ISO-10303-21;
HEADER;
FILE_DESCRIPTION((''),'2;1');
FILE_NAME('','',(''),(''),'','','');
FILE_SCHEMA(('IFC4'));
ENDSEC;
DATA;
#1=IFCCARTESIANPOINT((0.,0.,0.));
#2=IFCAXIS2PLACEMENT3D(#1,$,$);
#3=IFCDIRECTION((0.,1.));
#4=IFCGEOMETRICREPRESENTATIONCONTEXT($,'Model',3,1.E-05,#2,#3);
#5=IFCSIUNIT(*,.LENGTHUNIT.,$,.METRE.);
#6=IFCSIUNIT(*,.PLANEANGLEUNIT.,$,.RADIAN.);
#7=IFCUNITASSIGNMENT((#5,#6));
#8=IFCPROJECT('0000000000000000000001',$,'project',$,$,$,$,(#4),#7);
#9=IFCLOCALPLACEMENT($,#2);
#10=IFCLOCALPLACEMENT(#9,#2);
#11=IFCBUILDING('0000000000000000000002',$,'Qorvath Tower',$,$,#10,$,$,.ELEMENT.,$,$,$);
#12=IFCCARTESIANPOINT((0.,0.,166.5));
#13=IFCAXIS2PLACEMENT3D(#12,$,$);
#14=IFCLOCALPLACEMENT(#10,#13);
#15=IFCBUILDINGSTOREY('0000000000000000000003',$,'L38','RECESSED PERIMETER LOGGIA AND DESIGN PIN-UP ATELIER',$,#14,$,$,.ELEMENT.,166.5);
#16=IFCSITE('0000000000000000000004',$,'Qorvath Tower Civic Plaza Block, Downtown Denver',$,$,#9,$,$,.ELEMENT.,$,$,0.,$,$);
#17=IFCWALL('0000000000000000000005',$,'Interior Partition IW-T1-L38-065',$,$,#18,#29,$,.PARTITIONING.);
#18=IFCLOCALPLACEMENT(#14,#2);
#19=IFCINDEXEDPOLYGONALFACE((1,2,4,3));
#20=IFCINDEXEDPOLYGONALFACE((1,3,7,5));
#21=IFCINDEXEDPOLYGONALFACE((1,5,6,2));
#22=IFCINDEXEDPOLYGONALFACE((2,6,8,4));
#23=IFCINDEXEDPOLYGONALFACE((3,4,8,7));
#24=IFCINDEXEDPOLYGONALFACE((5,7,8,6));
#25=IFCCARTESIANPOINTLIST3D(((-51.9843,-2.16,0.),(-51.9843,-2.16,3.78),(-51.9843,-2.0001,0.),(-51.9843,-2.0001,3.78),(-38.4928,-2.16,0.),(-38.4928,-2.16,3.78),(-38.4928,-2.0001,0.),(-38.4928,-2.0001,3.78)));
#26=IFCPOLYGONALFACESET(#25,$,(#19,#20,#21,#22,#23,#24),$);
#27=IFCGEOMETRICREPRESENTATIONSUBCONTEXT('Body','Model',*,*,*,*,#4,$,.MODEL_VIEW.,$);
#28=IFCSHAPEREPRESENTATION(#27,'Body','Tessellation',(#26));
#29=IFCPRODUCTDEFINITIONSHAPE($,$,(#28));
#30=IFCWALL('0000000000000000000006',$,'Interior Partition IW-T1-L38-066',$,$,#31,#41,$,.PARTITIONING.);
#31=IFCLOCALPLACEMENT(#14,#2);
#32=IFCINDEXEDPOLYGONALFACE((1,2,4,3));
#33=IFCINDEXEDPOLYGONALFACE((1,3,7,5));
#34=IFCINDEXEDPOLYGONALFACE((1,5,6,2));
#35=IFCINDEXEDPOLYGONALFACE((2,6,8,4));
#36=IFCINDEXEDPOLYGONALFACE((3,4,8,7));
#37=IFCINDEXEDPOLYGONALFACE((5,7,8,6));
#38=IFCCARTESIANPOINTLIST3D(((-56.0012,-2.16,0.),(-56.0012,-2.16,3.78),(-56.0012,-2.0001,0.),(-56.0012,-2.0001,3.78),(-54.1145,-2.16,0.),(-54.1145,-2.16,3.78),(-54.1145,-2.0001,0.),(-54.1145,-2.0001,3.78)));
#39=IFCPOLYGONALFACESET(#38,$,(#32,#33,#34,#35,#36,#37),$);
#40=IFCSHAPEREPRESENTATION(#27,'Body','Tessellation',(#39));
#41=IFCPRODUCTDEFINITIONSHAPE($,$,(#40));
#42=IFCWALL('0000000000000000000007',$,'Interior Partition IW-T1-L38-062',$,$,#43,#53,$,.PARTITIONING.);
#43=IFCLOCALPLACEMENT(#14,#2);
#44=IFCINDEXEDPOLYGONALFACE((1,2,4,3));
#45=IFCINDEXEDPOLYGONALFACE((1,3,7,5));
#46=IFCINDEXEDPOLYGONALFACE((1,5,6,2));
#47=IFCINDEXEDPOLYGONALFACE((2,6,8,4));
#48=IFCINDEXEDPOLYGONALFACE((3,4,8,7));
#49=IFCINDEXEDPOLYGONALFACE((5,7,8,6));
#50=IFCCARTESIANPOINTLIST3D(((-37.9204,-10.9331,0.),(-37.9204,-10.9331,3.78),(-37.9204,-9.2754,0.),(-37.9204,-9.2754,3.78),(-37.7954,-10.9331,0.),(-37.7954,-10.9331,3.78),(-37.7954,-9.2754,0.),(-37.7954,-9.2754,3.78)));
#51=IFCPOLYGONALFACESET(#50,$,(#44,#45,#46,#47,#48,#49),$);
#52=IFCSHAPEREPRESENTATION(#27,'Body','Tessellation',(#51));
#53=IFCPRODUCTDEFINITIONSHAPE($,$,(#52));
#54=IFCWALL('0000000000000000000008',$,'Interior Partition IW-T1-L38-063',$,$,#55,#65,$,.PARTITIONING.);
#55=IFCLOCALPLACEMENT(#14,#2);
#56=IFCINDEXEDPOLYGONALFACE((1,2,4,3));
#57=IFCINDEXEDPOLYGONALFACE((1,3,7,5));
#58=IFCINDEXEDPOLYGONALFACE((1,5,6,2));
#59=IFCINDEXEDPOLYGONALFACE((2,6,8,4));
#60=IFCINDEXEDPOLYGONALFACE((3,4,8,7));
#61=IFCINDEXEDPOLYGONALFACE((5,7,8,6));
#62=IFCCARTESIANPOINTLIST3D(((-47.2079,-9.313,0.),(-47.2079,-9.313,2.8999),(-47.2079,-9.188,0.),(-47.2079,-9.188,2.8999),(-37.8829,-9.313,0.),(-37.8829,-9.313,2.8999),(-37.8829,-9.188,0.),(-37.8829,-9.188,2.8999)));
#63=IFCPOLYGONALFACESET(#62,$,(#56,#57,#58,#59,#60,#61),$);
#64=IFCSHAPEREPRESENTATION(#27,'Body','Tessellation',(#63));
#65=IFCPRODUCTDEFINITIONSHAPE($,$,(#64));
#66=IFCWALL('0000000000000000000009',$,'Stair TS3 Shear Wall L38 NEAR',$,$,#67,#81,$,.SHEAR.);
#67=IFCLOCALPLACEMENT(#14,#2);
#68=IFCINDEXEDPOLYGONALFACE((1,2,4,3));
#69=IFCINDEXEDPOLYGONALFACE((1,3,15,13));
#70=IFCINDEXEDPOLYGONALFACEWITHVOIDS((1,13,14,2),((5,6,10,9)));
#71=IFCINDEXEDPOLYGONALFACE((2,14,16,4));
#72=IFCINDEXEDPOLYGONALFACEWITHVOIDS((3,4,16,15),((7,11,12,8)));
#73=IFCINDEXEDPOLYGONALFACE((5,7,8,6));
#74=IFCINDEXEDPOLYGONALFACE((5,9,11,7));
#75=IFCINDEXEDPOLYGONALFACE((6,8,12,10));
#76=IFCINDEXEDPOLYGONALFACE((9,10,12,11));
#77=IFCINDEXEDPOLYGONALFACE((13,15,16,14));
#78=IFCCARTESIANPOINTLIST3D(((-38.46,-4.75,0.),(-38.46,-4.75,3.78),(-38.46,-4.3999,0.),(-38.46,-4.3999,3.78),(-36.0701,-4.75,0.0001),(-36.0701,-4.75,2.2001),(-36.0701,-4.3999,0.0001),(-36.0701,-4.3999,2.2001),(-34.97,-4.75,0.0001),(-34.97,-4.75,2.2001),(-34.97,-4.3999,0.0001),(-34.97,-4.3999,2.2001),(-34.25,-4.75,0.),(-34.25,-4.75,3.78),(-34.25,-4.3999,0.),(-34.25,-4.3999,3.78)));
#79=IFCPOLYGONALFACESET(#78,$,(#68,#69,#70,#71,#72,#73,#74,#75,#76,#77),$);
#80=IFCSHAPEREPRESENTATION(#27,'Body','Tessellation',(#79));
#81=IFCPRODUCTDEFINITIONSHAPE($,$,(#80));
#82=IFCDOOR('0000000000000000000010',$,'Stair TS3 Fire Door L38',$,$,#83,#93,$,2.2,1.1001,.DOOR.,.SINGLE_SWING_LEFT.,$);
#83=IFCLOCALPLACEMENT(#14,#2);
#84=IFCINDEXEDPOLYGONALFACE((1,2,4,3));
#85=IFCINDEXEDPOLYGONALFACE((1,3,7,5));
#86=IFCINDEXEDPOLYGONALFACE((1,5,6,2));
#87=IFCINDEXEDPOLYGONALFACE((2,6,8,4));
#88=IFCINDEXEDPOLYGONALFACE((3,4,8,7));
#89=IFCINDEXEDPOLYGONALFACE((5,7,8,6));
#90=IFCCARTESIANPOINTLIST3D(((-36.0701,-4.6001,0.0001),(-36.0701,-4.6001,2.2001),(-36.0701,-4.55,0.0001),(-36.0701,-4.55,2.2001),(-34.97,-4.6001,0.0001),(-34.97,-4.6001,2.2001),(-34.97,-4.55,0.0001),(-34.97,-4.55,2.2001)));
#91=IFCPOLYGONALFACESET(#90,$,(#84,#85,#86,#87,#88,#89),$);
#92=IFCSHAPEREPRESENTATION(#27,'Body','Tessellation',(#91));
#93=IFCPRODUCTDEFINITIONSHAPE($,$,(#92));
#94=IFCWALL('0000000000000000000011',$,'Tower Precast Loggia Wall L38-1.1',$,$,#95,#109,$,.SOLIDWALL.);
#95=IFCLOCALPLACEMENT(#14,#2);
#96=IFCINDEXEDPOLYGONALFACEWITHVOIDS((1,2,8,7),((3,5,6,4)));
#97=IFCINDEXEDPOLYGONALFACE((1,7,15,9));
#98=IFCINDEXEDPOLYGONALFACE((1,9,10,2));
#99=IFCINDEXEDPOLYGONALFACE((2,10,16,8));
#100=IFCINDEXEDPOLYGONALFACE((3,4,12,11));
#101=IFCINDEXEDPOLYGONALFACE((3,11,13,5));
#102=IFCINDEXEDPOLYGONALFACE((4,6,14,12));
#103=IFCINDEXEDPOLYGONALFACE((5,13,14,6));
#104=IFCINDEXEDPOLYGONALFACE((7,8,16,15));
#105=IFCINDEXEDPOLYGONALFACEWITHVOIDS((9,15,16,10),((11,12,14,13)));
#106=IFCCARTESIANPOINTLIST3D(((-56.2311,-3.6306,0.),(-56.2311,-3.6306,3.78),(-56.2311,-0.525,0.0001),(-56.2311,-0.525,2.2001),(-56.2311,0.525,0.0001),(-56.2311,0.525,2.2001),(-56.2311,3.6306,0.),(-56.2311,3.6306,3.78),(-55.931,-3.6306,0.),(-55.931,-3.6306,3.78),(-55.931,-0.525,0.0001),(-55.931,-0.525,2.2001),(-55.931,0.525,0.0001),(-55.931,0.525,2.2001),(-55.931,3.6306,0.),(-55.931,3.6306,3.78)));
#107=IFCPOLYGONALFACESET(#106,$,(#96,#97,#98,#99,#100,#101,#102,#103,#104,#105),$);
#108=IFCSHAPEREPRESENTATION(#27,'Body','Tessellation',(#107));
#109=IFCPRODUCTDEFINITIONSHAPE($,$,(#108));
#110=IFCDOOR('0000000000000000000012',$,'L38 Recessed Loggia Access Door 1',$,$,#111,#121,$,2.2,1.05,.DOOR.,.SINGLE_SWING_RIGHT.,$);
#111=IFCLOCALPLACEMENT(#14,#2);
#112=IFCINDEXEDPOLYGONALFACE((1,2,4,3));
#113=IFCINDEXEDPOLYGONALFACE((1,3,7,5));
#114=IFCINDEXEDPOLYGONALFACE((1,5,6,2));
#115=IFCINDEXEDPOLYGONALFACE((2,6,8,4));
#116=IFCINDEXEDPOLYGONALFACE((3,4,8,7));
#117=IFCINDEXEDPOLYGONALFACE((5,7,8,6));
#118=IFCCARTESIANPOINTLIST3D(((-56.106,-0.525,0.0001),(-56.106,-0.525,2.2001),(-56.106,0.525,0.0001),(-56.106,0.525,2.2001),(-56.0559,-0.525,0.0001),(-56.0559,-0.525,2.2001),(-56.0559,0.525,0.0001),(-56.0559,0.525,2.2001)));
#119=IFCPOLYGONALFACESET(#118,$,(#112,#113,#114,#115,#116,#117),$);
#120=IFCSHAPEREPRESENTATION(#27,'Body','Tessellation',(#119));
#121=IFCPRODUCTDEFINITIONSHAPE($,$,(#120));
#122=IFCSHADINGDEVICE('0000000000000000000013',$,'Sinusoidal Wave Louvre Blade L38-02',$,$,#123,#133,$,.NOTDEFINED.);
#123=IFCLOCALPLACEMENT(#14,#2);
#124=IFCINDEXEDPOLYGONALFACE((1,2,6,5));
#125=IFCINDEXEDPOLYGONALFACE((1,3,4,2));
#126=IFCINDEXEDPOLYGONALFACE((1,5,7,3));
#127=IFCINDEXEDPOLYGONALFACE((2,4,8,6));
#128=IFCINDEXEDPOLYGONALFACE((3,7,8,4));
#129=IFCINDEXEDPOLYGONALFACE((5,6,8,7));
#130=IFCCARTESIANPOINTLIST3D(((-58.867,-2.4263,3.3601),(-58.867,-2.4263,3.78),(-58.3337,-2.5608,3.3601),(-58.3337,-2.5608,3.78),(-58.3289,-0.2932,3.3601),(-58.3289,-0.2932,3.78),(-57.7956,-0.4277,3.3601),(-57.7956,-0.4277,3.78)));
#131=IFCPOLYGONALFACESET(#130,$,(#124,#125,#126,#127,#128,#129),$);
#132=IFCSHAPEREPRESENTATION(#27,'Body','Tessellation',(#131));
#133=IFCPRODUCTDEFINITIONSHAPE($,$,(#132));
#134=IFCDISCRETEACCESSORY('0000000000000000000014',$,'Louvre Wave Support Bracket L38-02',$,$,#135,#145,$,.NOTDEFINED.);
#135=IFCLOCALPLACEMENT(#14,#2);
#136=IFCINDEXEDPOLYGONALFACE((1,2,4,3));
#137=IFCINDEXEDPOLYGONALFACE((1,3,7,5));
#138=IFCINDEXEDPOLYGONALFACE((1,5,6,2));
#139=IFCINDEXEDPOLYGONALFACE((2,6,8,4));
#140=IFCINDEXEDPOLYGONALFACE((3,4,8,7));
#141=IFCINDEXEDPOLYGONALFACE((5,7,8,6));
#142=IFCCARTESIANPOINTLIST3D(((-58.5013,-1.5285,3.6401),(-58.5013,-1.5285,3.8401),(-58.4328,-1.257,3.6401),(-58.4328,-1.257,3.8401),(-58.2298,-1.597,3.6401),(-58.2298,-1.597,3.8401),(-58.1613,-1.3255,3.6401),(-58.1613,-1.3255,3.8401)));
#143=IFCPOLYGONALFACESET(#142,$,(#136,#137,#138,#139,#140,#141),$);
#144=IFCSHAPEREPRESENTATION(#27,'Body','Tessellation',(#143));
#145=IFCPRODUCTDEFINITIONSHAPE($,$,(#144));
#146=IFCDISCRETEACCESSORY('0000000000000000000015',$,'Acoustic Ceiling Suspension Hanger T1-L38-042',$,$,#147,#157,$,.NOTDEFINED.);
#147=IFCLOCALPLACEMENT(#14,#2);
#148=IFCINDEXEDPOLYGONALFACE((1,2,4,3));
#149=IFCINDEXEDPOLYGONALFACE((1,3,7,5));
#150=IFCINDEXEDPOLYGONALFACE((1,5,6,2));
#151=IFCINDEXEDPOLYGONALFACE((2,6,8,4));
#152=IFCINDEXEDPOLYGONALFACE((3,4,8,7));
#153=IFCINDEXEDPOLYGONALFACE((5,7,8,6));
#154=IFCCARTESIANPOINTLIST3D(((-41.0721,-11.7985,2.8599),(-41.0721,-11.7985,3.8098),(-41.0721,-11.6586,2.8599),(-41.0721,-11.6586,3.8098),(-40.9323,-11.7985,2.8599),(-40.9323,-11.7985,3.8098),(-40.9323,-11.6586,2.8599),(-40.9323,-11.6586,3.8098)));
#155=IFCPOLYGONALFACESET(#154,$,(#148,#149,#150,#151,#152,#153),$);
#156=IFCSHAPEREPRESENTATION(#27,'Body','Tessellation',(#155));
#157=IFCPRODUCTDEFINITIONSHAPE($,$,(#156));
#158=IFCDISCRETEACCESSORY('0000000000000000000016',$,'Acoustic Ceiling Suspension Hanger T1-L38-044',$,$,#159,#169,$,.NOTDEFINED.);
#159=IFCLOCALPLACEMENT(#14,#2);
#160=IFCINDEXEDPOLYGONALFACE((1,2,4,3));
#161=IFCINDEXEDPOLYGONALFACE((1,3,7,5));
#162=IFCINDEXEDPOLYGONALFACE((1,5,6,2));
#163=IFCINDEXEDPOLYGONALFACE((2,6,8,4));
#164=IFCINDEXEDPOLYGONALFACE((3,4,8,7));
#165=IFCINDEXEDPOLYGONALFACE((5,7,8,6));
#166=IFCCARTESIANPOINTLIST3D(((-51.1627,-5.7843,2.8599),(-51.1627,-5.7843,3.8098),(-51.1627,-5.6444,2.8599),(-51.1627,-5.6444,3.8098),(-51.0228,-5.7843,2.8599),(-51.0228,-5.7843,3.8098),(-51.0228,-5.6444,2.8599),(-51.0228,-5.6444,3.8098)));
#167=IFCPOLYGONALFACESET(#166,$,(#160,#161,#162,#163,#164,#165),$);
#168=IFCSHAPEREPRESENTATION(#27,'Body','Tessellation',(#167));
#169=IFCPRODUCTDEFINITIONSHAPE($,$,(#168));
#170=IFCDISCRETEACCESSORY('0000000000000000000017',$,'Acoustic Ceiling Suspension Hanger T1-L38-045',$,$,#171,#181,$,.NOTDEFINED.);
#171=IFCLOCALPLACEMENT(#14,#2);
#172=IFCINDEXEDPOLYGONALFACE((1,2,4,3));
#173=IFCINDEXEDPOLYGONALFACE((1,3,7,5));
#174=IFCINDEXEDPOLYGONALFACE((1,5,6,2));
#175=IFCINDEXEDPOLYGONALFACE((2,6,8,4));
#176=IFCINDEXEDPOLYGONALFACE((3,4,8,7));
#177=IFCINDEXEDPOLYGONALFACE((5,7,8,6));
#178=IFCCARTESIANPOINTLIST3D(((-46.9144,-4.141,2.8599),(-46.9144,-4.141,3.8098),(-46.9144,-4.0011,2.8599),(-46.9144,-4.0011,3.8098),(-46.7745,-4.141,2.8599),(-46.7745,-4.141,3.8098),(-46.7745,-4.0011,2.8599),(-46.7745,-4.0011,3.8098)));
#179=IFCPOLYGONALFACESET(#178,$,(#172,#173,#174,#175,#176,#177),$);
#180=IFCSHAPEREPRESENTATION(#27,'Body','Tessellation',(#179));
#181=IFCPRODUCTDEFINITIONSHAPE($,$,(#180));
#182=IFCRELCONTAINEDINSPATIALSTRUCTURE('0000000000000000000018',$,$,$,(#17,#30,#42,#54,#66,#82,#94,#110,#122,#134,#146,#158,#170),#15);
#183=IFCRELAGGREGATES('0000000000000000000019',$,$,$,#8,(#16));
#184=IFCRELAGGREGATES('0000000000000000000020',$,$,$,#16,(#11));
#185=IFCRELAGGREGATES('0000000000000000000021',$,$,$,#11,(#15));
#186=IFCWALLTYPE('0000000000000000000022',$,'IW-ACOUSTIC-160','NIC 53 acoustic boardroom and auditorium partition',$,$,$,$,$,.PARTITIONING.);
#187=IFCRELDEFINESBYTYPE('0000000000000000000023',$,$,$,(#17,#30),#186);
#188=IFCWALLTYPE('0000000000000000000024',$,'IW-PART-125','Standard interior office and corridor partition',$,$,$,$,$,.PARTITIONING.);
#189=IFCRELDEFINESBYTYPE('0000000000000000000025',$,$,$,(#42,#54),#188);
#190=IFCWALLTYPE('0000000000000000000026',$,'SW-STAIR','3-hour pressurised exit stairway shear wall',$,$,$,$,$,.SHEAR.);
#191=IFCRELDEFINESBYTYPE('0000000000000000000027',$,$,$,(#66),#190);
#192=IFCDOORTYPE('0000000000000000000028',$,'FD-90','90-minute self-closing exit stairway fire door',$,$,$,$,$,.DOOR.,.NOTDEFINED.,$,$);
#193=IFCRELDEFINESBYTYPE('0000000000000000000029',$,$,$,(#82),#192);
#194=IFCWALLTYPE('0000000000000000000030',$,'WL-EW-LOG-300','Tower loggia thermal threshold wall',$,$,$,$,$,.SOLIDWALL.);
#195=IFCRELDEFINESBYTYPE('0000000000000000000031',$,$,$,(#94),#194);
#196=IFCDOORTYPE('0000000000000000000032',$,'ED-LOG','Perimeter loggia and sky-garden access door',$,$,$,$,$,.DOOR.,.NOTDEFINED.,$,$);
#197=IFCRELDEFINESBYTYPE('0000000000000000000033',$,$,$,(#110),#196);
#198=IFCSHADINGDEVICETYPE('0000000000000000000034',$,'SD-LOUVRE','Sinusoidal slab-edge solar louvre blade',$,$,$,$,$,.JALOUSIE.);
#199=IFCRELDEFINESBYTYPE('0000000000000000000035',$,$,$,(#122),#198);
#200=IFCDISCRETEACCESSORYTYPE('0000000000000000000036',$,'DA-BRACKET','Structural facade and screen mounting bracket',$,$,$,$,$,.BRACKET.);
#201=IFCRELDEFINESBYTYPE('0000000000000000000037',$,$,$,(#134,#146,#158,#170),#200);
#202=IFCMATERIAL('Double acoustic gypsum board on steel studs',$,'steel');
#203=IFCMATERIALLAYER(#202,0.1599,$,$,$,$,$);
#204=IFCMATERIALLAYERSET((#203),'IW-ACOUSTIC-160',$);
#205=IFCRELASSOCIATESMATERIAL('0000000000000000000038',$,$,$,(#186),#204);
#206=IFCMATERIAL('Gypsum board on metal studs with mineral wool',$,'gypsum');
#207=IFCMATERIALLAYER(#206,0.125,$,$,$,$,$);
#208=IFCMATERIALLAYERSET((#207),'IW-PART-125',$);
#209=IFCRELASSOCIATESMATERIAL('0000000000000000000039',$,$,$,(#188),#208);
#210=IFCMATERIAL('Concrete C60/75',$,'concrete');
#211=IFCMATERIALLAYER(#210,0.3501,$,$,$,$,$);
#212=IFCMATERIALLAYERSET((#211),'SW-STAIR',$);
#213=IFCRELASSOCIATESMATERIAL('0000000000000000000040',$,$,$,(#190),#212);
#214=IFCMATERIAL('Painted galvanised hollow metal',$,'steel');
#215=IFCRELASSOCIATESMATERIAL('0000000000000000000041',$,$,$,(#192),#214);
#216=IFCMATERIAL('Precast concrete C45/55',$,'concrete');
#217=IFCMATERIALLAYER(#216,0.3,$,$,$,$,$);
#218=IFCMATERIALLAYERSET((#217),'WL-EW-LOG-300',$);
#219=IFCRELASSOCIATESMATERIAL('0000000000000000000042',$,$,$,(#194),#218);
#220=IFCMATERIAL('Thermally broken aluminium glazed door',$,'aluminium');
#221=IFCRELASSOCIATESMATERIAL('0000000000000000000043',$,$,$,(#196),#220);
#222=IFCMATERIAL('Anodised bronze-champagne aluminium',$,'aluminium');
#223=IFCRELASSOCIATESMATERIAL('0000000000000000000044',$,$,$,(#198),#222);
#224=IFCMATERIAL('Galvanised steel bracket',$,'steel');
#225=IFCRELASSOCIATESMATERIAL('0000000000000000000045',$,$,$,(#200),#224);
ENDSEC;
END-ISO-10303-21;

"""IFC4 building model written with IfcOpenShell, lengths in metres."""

from ifc_helpers import new_model, si_unit, direction, frame, frame_2d, origin, origin_2d, place, context, subcontext, project, spatial, rectangle, extrude, material, layer, layer_set, type_object, element, fill, save


model = new_model("IFC4")

# Units and contexts
model_context = context("Model", 3, precision=1e-05, world=origin(), true_north=direction((0.0, 1.0)))
body_context = subcontext(model_context, "Body", "Model", "MODEL_VIEW")
ifc_project = project(units=[si_unit("LENGTHUNIT", "METRE"), si_unit("PLANEANGLEUNIT", "RADIAN")], contexts=[model_context])

# Site, building, storey
site_placement = place(None, origin())
site = spatial("IfcSite", under=ifc_project, at=site_placement, Name="Qorvath Tower Civic Plaza Block, Downtown Denver", CompositionType="ELEMENT", RefElevation=0.0)
building_placement = place(site_placement, origin())
building = spatial("IfcBuilding", under=site, at=building_placement, Name="Qorvath Tower", CompositionType="ELEMENT")
storey_placement = place(building_placement, frame((0.0, 0.0, 166.5)))
storey = spatial("IfcBuildingStorey", under=building, at=storey_placement, Name="L38", Description="RECESSED PERIMETER LOGGIA AND DESIGN PIN-UP ATELIER", CompositionType="ELEMENT", Elevation=166.5)

# Walls
ifc_material_1 = material(Name="Double acoustic gypsum board on steel studs", Category="steel")
ifc_layer_1 = layer(ifc_material_1, 0.1599)
ifc_layer_set_1 = layer_set([ifc_layer_1], Name="IW-ACOUSTIC-160")
wall_type_1 = type_object("IfcWallType", Name="IW-ACOUSTIC-160", Description="NIC 53 acoustic boardroom and auditorium partition", PredefinedType="PARTITIONING", material=ifc_layer_set_1)
wall_1_placement = place(storey_placement, frame((-38.4929, -2.0801, 0.0), z_axis=(0.0, 0.0, 1.0), x_axis=(-1.0, 0.0, 0.0)))
element("IfcWall", 1, at=wall_1_placement, inside=storey, type_object=wall_type_1, Name="Interior Partition IW-T1-L38-065", PredefinedType="PARTITIONING", context=body_context, shape_type="SweptSolid", body=[
    extrude(rectangle(XDim=13.4915, YDim=0.1599, at=frame_2d((6.7456, 0.0))), origin(), (0.0, 0.0, 1.0), 3.78),
])
wall_2_placement = place(storey_placement, frame((-54.1145, -2.0801, 0.0), z_axis=(0.0, 0.0, 1.0), x_axis=(-1.0, 0.0, 0.0)))
element("IfcWall", 2, at=wall_2_placement, inside=storey, type_object=wall_type_1, Name="Interior Partition IW-T1-L38-066", PredefinedType="PARTITIONING", context=body_context, shape_type="SweptSolid", body=[
    extrude(rectangle(XDim=1.8867, YDim=0.1599, at=frame_2d((0.9434, 0.0))), origin(), (0.0, 0.0, 1.0), 3.78),
])
ifc_material_2 = material(Name="Gypsum board on metal studs with mineral wool", Category="gypsum")
ifc_layer_2 = layer(ifc_material_2, 0.125)
ifc_layer_set_2 = layer_set([ifc_layer_2], Name="IW-PART-125")
wall_type_2 = type_object("IfcWallType", Name="IW-PART-125", Description="Standard interior office and corridor partition", PredefinedType="PARTITIONING", material=ifc_layer_set_2)
wall_3_placement = place(storey_placement, frame((-37.8579, -10.9331, 0.0), z_axis=(0.0, 0.0, 1.0), x_axis=(0.0, 1.0, 0.0)))
element("IfcWall", 3, at=wall_3_placement, inside=storey, type_object=wall_type_2, Name="Interior Partition IW-T1-L38-062", PredefinedType="PARTITIONING", context=body_context, shape_type="SweptSolid", body=[
    extrude(rectangle(XDim=1.6577, YDim=0.125, at=frame_2d((0.8289, 0.0))), origin(), (0.0, 0.0, 1.0), 3.78),
])
wall_4_placement = place(storey_placement, frame((-37.8828, -9.2505, 0.0), z_axis=(0.0, 0.0, 1.0), x_axis=(-1.0, 0.0, 0.0)))
element("IfcWall", 4, at=wall_4_placement, inside=storey, type_object=wall_type_2, Name="Interior Partition IW-T1-L38-063", PredefinedType="PARTITIONING", context=body_context, shape_type="SweptSolid", body=[
    extrude(rectangle(XDim=9.325, YDim=0.125, at=frame_2d((4.6626, 0.0))), origin(), (0.0, 0.0, 1.0), 2.8999),
])

# Walls, openings, doors
ifc_material_3 = material(Name="Concrete C60/75", Category="concrete")
ifc_layer_3 = layer(ifc_material_3, 0.3501)
ifc_layer_set_3 = layer_set([ifc_layer_3], Name="SW-STAIR")
wall_type_3 = type_object("IfcWallType", Name="SW-STAIR", Description="3-hour pressurised exit stairway shear wall", PredefinedType="SHEAR", material=ifc_layer_set_3)
wall_5_placement = place(storey_placement, frame((-38.46, -4.575, 0.0), z_axis=(0.0, 0.0, 1.0), x_axis=(1.0, 0.0, 0.0)))
wall_5 = element("IfcWall", 5, at=wall_5_placement, inside=storey, type_object=wall_type_3, Name="Stair TS3 Shear Wall L38 NEAR", PredefinedType="SHEAR", context=body_context, shape_type="SweptSolid", body=[
    extrude(rectangle(XDim=4.21, YDim=0.3501, at=frame_2d((2.105, 0.0))), origin(), (0.0, 0.0, 1.0), 3.78),
])
opening_1_placement = place(wall_5_placement, frame((2.3899, 0.0, 0.0)))
opening_1 = element("IfcOpeningElement", 6, at=opening_1_placement, cuts=wall_5, PredefinedType="OPENING", context=body_context, shape_type="SweptSolid", body=[
    extrude(rectangle(XDim=1.1001, YDim=2.2, at=frame_2d((0.55, 1.1001))), frame((0.0, 0.1851, 0.0), z_axis=(0.0, -1.0, 0.0), x_axis=(1.0, 0.0, 0.0)), (0.0, 0.0, 1.0), 0.3701),
])
ifc_material_4 = material(Name="Painted galvanised hollow metal", Category="steel")
door_type_1 = type_object("IfcDoorType", Name="FD-90", Description="90-minute self-closing exit stairway fire door", OperationType="NOTDEFINED", PredefinedType="DOOR", material=ifc_material_4)
door_1_placement = place(opening_1_placement, origin())
door_1 = element("IfcDoor", 7, at=door_1_placement, inside=storey, type_object=door_type_1, Name="Stair TS3 Fire Door L38", OperationType="SINGLE_SWING_LEFT", OverallHeight=2.2, OverallWidth=1.1001, PredefinedType="DOOR", context=body_context, shape_type="SweptSolid", body=[
    extrude(rectangle(XDim=1.1001, YDim=2.2, at=frame_2d((0.55, 1.1001))), frame((0.0, 0.0249, 0.0), z_axis=(0.0, -1.0, 0.0), x_axis=(1.0, 0.0, 0.0)), (0.0, 0.0, 1.0), 0.05),
])
fill(opening_1, door_1)
ifc_material_5 = material(Name="Precast concrete C45/55", Category="concrete")
ifc_layer_4 = layer(ifc_material_5, 0.3)
ifc_layer_set_4 = layer_set([ifc_layer_4], Name="WL-EW-LOG-300")
wall_type_4 = type_object("IfcWallType", Name="WL-EW-LOG-300", Description="Tower loggia thermal threshold wall", PredefinedType="SOLIDWALL", material=ifc_layer_set_4)
wall_6_placement = place(storey_placement, frame((-56.0811, -3.6306, 0.0), z_axis=(0.0, 0.0, 1.0), x_axis=(0.0, 1.0, 0.0)))
wall_6 = element("IfcWall", 8, at=wall_6_placement, inside=storey, type_object=wall_type_4, Name="Tower Precast Loggia Wall L38-1.1", PredefinedType="SOLIDWALL", context=body_context, shape_type="SweptSolid", body=[
    extrude(rectangle(XDim=7.2612, YDim=0.3, at=frame_2d((3.6306, 0.0))), origin(), (0.0, 0.0, 1.0), 3.78),
])
opening_2_placement = place(wall_6_placement, frame((3.1057, 0.0, 0.0)))
opening_2 = element("IfcOpeningElement", 9, at=opening_2_placement, cuts=wall_6, PredefinedType="OPENING", context=body_context, shape_type="SweptSolid", body=[
    extrude(rectangle(XDim=1.05, YDim=2.2, at=frame_2d((0.5249, 1.1001))), frame((0.0, 0.1602, 0.0), z_axis=(0.0, -1.0, 0.0), x_axis=(1.0, 0.0, 0.0)), (0.0, 0.0, 1.0), 0.3201),
])
ifc_material_6 = material(Name="Thermally broken aluminium glazed door", Category="aluminium")
door_type_2 = type_object("IfcDoorType", Name="ED-LOG", Description="Perimeter loggia and sky-garden access door", OperationType="NOTDEFINED", PredefinedType="DOOR", material=ifc_material_6)
door_2_placement = place(opening_2_placement, origin())
door_2 = element("IfcDoor", 10, at=door_2_placement, inside=storey, type_object=door_type_2, Name="L38 Recessed Loggia Access Door 1", OperationType="SINGLE_SWING_RIGHT", OverallHeight=2.2, OverallWidth=1.05, PredefinedType="DOOR", context=body_context, shape_type="SweptSolid", body=[
    extrude(rectangle(XDim=1.05, YDim=2.2, at=frame_2d((0.5249, 1.1001))), frame((0.0, 0.0249, 0.0), z_axis=(0.0, -1.0, 0.0), x_axis=(1.0, 0.0, 0.0)), (0.0, 0.0, 1.0), 0.05),
])
fill(opening_2, door_2)

# Shading device
ifc_material_7 = material(Name="Anodised bronze-champagne aluminium", Category="aluminium")
shading_device_type = type_object("IfcShadingDeviceType", Name="SD-LOUVRE", Description="Sinusoidal slab-edge solar louvre blade", PredefinedType="JALOUSIE", material=ifc_material_7)
shading_device_placement = place(storey_placement, frame((-58.3313, -1.427, 3.3601), z_axis=(0.0, 0.0, 1.0), x_axis=(-0.244603, -0.969623, 0.0)))
element("IfcShadingDevice", 11, at=shading_device_placement, inside=storey, type_object=shading_device_type, Name="Sinusoidal Wave Louvre Blade L38-02", PredefinedType="NOTDEFINED", context=body_context, shape_type="SweptSolid", body=[
    extrude(rectangle(XDim=2.2, YDim=0.55, at=origin_2d()), origin(), (0.0, 0.0, 1.0), 0.4199),
])

# Discrete accessories
ifc_material_8 = material(Name="Galvanised steel bracket", Category="steel")
discrete_accessory_type = type_object("IfcDiscreteAccessoryType", Name="DA-BRACKET", Description="Structural facade and screen mounting bracket", PredefinedType="BRACKET", material=ifc_material_8)
discrete_accessory_placement = place(storey_placement, frame((-58.3313, -1.427, 3.6401), z_axis=(0.0, 0.0, 1.0), x_axis=(-0.244603, -0.969623, 0.0)))
element("IfcDiscreteAccessory", 12, at=discrete_accessory_placement, inside=storey, type_object=discrete_accessory_type, Name="Louvre Wave Support Bracket L38-02", PredefinedType="NOTDEFINED", context=body_context, shape_type="SweptSolid", body=[
    extrude(rectangle(XDim=0.28, YDim=0.28, at=origin_2d()), origin(), (0.0, 0.0, 1.0), 0.2),
])
for number, where, z_axis, x_axis, name in (
    (13, (-41.0022, -11.7285, 2.8599), (0.0, 0.0, 1.0), (1.0, 0.0, 0.0), "Acoustic Ceiling Suspension Hanger T1-L38-042"),
    (14, (-51.0928, -5.7144, 2.8599), (0.0, 0.0, 1.0), (1.0, 0.0, 0.0), "Acoustic Ceiling Suspension Hanger T1-L38-044"),
    (15, (-46.8445, -4.071, 2.8599), (0.0, 0.0, 1.0), (1.0, 0.0, 0.0), "Acoustic Ceiling Suspension Hanger T1-L38-045"),
):
    element("IfcDiscreteAccessory", number, at=place(storey_placement, frame(where, z_axis=z_axis, x_axis=x_axis)), inside=storey, type_object=discrete_accessory_type, Name=name, PredefinedType="NOTDEFINED", context=body_context, shape_type="SweptSolid", body=[
        extrude(rectangle(XDim=0.1399, YDim=0.1399, at=origin_2d()), origin(), (0.0, 0.0, 1.0), 0.95),
    ])

save(model, "model.ifc")
